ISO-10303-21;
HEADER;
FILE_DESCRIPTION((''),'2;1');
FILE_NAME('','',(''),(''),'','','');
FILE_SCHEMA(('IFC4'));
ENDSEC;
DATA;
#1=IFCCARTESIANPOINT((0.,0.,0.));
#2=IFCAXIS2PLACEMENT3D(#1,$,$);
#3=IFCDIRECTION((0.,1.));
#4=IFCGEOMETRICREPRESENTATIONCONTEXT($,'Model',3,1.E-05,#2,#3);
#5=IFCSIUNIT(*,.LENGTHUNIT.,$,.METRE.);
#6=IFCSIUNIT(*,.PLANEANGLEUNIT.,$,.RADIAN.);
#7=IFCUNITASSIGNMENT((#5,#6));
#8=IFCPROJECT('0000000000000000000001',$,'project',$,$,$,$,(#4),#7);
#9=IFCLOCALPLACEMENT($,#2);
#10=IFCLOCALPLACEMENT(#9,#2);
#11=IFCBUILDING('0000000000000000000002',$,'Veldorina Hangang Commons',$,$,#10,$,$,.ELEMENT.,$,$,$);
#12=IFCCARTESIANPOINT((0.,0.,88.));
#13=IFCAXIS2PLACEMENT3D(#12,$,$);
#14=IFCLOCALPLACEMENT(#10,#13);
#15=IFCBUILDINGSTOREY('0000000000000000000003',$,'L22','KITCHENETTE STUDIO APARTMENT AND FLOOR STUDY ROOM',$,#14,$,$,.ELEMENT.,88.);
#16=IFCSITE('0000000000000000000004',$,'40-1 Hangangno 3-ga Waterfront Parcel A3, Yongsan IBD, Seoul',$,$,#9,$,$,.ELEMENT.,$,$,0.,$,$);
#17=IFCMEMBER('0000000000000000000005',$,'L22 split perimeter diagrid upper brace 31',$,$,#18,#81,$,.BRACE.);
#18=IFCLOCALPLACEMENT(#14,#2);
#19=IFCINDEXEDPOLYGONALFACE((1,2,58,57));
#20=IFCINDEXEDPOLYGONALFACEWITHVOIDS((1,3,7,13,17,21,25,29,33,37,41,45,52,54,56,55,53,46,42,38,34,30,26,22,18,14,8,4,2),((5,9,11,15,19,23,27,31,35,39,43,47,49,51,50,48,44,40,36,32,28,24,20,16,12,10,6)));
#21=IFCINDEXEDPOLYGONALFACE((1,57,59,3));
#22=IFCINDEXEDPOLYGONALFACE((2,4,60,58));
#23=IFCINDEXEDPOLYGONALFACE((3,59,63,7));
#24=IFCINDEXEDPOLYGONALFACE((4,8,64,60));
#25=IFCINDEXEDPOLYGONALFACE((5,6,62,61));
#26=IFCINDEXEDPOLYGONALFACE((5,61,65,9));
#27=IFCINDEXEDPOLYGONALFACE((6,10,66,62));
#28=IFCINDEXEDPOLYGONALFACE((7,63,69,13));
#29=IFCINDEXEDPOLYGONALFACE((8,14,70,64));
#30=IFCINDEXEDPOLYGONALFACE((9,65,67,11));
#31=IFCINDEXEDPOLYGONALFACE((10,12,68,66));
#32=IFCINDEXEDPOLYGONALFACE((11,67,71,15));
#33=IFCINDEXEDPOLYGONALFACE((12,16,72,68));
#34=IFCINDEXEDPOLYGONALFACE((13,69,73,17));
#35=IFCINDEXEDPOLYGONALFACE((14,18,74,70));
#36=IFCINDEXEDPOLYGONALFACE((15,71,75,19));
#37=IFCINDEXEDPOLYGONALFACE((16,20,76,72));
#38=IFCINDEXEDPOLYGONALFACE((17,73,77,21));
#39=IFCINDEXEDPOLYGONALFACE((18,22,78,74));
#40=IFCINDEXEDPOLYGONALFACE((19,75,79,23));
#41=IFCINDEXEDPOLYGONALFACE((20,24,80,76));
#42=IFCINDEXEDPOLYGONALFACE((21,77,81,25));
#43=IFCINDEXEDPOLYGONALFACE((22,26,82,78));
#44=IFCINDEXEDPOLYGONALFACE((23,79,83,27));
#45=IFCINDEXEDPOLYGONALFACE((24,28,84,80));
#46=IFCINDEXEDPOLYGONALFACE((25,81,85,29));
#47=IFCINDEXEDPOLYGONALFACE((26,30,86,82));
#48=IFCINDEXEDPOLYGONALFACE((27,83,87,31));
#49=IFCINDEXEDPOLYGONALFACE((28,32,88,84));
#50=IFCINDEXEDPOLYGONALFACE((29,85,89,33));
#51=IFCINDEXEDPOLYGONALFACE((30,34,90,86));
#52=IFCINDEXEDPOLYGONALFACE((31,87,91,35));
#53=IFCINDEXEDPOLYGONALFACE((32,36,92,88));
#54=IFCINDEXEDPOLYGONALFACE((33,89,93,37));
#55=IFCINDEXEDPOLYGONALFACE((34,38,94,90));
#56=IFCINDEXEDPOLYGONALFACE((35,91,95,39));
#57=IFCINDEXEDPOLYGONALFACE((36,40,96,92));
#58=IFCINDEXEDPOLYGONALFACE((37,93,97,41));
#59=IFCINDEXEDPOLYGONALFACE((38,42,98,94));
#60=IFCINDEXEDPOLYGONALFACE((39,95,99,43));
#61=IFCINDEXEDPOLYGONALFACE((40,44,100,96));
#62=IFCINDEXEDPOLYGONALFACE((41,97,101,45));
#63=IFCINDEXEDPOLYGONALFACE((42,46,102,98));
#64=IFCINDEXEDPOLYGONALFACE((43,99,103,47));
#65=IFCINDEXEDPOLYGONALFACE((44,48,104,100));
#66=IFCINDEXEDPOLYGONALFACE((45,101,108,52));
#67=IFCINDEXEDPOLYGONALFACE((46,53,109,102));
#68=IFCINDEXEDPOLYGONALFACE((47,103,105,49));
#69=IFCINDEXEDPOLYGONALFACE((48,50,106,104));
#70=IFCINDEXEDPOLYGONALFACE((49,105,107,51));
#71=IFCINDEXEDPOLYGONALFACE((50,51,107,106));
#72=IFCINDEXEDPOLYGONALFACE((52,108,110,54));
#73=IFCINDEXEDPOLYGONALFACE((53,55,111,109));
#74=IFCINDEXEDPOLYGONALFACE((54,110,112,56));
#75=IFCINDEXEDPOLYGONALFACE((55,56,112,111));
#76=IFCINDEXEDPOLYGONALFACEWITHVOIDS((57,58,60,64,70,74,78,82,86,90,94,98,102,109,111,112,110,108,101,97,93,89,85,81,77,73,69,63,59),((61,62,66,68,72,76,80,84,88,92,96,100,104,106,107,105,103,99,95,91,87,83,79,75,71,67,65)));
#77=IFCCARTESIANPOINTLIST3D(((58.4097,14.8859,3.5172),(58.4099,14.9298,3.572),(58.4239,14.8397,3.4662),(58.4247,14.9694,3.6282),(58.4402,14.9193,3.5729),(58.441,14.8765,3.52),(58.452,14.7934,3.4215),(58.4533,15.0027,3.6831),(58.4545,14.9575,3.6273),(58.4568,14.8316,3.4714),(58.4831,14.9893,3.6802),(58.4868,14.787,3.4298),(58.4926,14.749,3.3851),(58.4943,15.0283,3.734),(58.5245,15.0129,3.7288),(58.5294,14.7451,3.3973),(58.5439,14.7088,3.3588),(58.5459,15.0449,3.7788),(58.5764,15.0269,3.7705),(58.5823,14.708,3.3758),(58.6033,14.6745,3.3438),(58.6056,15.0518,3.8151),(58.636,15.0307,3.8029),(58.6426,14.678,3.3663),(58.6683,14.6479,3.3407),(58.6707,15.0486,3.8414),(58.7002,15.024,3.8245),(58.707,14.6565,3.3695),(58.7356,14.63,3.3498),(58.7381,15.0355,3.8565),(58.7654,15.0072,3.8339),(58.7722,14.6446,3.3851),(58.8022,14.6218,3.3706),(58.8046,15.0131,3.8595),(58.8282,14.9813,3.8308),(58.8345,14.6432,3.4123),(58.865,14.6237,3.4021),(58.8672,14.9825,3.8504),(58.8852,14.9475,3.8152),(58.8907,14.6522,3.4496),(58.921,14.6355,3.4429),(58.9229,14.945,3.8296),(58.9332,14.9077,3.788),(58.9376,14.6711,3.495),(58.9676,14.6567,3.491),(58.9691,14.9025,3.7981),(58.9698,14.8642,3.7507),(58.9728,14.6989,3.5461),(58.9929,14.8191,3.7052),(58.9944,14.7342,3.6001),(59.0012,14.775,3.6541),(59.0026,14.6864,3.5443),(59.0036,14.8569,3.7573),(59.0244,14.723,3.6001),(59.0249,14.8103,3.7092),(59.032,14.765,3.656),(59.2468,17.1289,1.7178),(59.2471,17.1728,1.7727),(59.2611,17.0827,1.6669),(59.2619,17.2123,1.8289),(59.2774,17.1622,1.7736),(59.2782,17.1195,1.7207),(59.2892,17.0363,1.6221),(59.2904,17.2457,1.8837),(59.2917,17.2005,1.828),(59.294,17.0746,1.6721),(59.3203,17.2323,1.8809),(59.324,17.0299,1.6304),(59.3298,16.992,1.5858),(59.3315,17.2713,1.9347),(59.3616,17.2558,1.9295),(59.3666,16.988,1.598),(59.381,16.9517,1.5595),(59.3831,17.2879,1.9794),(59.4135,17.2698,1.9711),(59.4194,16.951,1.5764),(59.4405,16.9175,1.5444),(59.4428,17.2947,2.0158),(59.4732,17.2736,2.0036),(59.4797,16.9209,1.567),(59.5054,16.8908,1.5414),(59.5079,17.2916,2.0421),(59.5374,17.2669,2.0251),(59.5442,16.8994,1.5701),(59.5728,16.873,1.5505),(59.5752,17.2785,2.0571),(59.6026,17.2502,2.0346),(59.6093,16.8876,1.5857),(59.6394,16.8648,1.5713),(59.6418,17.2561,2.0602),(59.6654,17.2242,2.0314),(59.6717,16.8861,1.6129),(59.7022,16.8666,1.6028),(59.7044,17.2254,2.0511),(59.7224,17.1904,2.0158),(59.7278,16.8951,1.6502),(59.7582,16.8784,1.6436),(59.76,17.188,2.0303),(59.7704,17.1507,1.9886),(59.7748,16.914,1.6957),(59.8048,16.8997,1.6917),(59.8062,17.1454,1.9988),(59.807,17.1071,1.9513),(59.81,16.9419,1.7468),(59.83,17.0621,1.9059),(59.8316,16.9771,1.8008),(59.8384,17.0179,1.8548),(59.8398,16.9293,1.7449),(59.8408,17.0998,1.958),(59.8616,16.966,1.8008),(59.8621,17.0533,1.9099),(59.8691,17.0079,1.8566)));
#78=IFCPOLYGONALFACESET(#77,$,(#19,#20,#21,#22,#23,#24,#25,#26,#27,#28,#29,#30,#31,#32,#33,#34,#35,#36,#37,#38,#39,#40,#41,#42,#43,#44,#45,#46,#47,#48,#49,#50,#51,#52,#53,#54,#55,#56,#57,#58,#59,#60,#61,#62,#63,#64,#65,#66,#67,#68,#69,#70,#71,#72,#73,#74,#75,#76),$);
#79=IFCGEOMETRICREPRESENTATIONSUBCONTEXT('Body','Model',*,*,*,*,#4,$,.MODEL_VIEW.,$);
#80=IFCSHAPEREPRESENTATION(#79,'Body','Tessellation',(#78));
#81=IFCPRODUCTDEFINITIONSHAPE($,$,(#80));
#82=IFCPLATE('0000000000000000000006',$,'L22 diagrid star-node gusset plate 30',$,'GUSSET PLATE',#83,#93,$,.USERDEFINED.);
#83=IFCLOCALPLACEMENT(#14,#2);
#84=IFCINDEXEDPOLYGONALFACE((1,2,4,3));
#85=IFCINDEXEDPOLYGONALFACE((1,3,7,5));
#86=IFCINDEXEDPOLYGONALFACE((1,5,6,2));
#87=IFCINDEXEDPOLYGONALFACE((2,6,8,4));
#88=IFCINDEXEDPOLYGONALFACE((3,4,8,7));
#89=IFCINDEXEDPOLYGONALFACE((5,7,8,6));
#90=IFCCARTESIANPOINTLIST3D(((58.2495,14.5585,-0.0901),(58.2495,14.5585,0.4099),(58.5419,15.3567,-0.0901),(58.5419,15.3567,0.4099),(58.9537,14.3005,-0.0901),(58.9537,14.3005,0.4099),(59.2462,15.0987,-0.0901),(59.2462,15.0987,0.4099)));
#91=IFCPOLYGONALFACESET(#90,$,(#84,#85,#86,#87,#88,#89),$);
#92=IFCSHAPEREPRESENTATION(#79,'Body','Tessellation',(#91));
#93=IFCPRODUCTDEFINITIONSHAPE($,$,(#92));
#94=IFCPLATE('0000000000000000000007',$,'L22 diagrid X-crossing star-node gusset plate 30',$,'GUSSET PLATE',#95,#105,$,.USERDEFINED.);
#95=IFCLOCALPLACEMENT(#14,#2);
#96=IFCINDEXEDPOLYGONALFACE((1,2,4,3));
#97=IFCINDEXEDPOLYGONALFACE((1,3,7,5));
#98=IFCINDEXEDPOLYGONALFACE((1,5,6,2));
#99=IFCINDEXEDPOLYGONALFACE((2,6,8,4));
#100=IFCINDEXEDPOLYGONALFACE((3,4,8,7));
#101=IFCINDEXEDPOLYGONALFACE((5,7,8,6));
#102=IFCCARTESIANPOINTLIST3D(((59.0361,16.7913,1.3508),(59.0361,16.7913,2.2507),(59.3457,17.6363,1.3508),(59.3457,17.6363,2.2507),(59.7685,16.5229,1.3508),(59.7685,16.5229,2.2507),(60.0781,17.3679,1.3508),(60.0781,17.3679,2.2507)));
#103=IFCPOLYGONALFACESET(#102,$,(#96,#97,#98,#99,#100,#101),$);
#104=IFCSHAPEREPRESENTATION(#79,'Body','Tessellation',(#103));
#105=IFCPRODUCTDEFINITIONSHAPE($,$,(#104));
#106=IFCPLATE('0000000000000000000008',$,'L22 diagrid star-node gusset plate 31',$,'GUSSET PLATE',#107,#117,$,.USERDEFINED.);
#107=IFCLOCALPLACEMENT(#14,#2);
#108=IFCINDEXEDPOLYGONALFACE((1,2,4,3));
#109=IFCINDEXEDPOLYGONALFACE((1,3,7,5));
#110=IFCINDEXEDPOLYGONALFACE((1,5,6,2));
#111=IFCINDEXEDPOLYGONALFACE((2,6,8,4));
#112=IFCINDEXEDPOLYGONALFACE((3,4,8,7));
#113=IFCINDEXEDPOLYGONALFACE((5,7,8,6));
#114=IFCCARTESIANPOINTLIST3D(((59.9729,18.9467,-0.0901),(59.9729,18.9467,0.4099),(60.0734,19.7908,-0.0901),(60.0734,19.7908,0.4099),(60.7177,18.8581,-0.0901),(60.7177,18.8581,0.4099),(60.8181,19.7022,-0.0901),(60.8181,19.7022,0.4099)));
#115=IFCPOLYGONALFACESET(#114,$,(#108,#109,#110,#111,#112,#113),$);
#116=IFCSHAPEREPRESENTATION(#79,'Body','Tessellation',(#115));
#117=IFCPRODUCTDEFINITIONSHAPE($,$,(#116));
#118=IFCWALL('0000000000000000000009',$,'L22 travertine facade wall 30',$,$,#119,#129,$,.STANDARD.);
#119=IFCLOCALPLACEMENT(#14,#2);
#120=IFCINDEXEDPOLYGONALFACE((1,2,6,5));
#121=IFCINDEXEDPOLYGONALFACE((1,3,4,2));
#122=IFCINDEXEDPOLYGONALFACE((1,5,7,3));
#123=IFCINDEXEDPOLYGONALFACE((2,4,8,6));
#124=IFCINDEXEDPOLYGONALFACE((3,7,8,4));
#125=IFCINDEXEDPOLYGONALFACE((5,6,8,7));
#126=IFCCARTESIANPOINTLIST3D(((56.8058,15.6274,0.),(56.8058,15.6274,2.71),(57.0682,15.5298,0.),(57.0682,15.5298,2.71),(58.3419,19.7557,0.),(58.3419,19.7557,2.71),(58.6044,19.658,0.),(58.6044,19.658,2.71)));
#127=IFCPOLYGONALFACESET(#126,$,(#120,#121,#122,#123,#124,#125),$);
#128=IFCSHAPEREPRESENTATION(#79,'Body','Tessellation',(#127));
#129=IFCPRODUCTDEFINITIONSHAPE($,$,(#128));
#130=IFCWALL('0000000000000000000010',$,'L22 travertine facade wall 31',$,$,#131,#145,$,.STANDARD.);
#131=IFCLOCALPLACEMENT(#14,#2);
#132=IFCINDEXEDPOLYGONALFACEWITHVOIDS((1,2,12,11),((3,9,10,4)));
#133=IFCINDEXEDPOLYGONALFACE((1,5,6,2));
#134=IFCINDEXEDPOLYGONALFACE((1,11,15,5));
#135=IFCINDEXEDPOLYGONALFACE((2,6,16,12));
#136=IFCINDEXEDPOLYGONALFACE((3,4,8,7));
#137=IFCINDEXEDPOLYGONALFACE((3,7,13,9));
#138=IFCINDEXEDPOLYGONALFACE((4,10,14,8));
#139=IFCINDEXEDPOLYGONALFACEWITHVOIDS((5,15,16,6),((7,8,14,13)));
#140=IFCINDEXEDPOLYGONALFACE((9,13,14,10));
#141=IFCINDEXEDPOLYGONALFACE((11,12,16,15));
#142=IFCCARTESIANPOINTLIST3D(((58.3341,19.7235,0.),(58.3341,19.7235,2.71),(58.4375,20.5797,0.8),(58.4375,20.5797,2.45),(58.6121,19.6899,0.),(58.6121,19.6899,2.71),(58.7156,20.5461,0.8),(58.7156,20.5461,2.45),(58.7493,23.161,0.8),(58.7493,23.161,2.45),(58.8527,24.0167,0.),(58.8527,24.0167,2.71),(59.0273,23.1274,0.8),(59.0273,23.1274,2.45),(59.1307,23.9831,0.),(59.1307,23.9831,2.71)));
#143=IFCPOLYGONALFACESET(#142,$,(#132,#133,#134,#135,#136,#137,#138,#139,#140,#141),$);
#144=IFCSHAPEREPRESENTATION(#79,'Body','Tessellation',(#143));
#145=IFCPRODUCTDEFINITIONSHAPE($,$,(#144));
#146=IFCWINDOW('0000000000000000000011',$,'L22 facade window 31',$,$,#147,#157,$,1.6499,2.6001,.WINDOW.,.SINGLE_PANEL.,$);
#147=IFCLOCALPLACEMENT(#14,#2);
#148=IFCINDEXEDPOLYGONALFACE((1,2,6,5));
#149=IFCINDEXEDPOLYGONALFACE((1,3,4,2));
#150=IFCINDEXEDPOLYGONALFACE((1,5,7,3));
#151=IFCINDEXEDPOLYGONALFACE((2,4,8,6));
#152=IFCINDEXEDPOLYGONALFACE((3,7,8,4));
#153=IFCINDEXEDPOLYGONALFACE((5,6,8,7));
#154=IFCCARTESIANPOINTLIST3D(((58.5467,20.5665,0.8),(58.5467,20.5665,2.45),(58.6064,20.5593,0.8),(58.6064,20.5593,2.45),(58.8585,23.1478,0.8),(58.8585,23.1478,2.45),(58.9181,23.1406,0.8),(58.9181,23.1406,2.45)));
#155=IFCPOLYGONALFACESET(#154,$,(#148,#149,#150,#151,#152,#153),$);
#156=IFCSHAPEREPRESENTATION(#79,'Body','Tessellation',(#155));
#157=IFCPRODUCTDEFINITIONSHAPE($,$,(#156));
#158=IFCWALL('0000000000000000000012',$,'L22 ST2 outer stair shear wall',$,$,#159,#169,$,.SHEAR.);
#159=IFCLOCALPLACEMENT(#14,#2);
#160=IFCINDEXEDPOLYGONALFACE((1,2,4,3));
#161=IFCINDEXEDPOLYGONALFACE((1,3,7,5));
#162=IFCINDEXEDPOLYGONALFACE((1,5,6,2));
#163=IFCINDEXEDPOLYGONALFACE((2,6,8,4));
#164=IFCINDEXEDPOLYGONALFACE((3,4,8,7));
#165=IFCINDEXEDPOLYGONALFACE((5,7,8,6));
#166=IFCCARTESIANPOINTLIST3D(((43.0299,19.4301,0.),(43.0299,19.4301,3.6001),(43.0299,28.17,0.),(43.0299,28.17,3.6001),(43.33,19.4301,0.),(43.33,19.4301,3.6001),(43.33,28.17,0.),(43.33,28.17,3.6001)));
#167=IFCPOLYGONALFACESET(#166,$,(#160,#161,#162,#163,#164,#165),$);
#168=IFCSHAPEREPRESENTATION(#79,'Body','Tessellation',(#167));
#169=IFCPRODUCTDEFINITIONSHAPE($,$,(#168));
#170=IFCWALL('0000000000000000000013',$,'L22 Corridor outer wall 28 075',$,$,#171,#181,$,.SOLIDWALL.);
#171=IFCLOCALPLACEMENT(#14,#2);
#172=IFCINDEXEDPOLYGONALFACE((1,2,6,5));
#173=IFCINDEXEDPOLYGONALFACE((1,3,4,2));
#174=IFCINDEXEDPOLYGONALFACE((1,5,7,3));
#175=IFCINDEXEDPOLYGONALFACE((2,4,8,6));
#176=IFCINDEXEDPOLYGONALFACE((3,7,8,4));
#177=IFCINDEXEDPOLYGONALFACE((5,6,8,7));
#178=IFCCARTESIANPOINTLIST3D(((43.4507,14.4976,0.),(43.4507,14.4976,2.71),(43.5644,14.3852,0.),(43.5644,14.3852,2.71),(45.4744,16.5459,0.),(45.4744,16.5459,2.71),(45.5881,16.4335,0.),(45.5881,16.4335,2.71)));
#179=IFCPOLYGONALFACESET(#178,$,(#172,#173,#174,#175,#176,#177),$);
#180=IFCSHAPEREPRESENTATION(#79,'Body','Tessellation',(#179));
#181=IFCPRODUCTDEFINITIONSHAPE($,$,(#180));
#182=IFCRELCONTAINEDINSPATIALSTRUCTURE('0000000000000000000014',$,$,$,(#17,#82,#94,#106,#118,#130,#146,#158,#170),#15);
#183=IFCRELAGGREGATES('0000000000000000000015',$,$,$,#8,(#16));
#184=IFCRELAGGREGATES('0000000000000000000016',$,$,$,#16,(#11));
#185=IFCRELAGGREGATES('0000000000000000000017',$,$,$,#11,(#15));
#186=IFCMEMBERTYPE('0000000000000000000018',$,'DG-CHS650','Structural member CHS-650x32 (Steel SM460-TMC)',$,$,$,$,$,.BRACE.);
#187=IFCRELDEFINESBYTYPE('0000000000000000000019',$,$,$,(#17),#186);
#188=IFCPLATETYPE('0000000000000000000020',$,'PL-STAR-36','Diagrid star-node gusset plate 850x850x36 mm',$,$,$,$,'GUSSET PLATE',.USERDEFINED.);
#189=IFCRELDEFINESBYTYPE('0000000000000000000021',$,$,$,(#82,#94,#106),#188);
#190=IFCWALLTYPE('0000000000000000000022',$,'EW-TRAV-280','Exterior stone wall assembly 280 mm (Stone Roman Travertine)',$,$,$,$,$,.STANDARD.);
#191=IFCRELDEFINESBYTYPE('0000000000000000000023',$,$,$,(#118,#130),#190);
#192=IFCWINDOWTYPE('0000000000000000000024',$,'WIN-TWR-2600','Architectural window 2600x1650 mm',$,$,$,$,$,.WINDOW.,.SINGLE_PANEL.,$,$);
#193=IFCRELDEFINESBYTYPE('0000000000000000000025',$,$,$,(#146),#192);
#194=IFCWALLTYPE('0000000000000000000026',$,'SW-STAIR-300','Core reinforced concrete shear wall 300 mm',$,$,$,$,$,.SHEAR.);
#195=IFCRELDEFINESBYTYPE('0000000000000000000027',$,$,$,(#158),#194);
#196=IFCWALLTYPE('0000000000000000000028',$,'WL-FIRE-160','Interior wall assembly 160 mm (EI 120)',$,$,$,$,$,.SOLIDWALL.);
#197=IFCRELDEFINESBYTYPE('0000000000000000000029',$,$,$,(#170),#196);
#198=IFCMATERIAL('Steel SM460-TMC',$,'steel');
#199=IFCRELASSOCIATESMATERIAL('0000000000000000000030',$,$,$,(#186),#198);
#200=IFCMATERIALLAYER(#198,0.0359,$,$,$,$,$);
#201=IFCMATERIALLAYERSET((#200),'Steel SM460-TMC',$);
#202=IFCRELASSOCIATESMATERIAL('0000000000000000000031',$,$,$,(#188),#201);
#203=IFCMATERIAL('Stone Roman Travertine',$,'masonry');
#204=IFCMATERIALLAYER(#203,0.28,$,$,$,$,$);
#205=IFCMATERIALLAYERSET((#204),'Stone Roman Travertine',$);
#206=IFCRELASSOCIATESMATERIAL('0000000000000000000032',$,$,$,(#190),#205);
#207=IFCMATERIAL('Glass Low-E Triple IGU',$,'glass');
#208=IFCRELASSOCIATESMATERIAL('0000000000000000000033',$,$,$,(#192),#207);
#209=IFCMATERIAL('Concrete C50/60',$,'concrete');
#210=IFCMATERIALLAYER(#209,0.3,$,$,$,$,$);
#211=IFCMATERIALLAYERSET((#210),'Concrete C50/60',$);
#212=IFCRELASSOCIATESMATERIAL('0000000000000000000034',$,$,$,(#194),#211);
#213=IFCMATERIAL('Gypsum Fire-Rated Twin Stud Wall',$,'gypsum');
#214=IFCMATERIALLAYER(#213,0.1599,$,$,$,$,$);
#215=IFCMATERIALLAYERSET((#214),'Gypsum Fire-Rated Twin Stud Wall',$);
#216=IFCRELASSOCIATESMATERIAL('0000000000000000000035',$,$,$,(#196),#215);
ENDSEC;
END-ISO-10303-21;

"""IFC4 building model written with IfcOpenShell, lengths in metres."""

from ifc_helpers import new_model, si_unit, direction, frame, frame_2d, origin, origin_2d, place, context, subcontext, project, spatial, rectangle, hollow_circle, extrude, material, layer, layer_set, material_profile, profile_set, type_object, element, fill, save


model = new_model("IFC4")

# Units and contexts
model_context = context("Model", 3, precision=1e-05, world=origin(), true_north=direction((0.0, 1.0)))
body_context = subcontext(model_context, "Body", "Model", "MODEL_VIEW")
ifc_project = project(units=[si_unit("LENGTHUNIT", "METRE"), si_unit("PLANEANGLEUNIT", "RADIAN")], contexts=[model_context])

# Site, building, storey
site_placement = place(None, origin())
site = spatial("IfcSite", under=ifc_project, at=site_placement, Name="40-1 Hangangno 3-ga Waterfront Parcel A3, Yongsan IBD, Seoul", CompositionType="ELEMENT", RefElevation=0.0)
building_placement = place(site_placement, origin())
building = spatial("IfcBuilding", under=site, at=building_placement, Name="Veldorina Hangang Commons", CompositionType="ELEMENT")
storey_placement = place(building_placement, frame((0.0, 0.0, 88.0)))
storey = spatial("IfcBuildingStorey", under=building, at=storey_placement, Name="L22", Description="KITCHENETTE STUDIO APARTMENT AND FLOOR STUDY ROOM", CompositionType="ELEMENT", Elevation=88.0)

# Member
ifc_material_1 = material(Name="Steel SM460-TMC", Category="steel")
ifc_material_profile_1 = material_profile(ifc_material_1, hollow_circle(Radius=0.325, WallThickness=0.032, at=origin_2d()), Name="CHS-650x32")
ifc_profile_set_1 = profile_set([ifc_material_profile_1], Name="Steel SM460-TMC")
member_type = type_object("IfcMemberType", Name="DG-CHS650", Description="Structural member CHS-650x32 (Steel SM460-TMC)", PredefinedType="BRACE", material=ifc_profile_set_1)
member_1_placement = place(storey_placement, frame((59.5571, 17.0796, 1.8008), z_axis=(-0.279534, -0.748928, 0.600806), x_axis=(0.936869, -0.349681, 0.0)))
element("IfcMember", 1, at=member_1_placement, inside=storey, type_object=member_type, Name="L22 split perimeter diagrid upper brace 31", PredefinedType="BRACE", context=body_context, shape_type="SweptSolid", body=[
    extrude(hollow_circle(Radius=0.325, WallThickness=0.032, at=origin_2d()), origin(), (0.0, 0.0, 1.0), 2.9949),
])

# Plates
ifc_layer_1 = layer(ifc_material_1, 0.0359)
ifc_layer_set_1 = layer_set([ifc_layer_1], Name="Steel SM460-TMC")
plate_type = type_object("IfcPlateType", Name="PL-STAR-36", Description="Diagrid star-node gusset plate 850x850x36 mm", ElementType="GUSSET PLATE", PredefinedType="USERDEFINED", material=ifc_layer_set_1)
plate_1_placement = place(storey_placement, frame((58.7478, 14.8286, -0.0901), z_axis=(0.0, 0.0, 1.0), x_axis=(0.344069, 0.938944, 0.0)))
element("IfcPlate", 2, at=plate_1_placement, inside=storey, type_object=plate_type, Name="L22 diagrid star-node gusset plate 30", ObjectType="GUSSET PLATE", PredefinedType="USERDEFINED", context=body_context, shape_type="SweptSolid", body=[
    extrude(rectangle(XDim=0.8501, YDim=0.75, at=origin_2d()), origin(), (0.0, 0.0, 1.0), 0.5),
])
plate_2_placement = place(storey_placement, frame((59.5571, 17.0796, 1.3508), z_axis=(0.0, 0.0, 1.0), x_axis=(0.344069, 0.938944, 0.0)))
element("IfcPlate", 3, at=plate_2_placement, inside=storey, type_object=plate_type, Name="L22 diagrid X-crossing star-node gusset plate 30", ObjectType="GUSSET PLATE", PredefinedType="USERDEFINED", context=body_context, shape_type="SweptSolid", body=[
    extrude(rectangle(XDim=0.8999, YDim=0.78, at=origin_2d()), origin(), (0.0, 0.0, 1.0), 0.8999),
])
plate_3_placement = place(storey_placement, frame((60.3955, 19.3245, -0.0901), z_axis=(0.0, 0.0, 1.0), x_axis=(0.118144, 0.992996, 0.0)))
element("IfcPlate", 4, at=plate_3_placement, inside=storey, type_object=plate_type, Name="L22 diagrid star-node gusset plate 31", ObjectType="GUSSET PLATE", PredefinedType="USERDEFINED", context=body_context, shape_type="SweptSolid", body=[
    extrude(rectangle(XDim=0.8501, YDim=0.75, at=origin_2d()), origin(), (0.0, 0.0, 1.0), 0.5),
])

# Shared definitions
ifc_material_2 = material(Name="Stone Roman Travertine", Category="masonry")

# Wall
ifc_layer_2 = layer(ifc_material_2, 0.28)
ifc_layer_set_2 = layer_set([ifc_layer_2], Name="Stone Roman Travertine")
wall_type_1 = type_object("IfcWallType", Name="EW-TRAV-280", Description="Exterior stone wall assembly 280 mm (Stone Roman Travertine)", PredefinedType="STANDARD", material=ifc_layer_set_2)
wall_1_placement = place(storey_placement, frame((56.937, 15.5786, 0.0), z_axis=(0.0, 0.0, 1.0), x_axis=(0.348747, 0.937217, 0.0)))
element("IfcWall", 5, at=wall_1_placement, inside=storey, type_object=wall_type_1, Name="L22 travertine facade wall 30", PredefinedType="STANDARD", context=body_context, shape_type="SweptSolid", body=[
    extrude(rectangle(XDim=4.4048, YDim=0.28, at=frame_2d((2.2024, 0.0))), origin(), (0.0, 0.0, 1.0), 2.71),
])

# Wall, opening, window
wall_2_placement = place(storey_placement, frame((58.4731, 19.7068, 0.0), z_axis=(0.0, 0.0, 1.0), x_axis=(0.119913, 0.992784, 0.0)))
wall_2 = element("IfcWall", 6, at=wall_2_placement, inside=storey, type_object=wall_type_1, Name="L22 travertine facade wall 31", PredefinedType="STANDARD", context=body_context, shape_type="SweptSolid", body=[
    extrude(rectangle(XDim=4.3245, YDim=0.28, at=frame_2d((2.1621, 0.0))), origin(), (0.0, 0.0, 1.0), 2.71),
])
opening_1_placement = place(wall_2_placement, frame((0.8623, 0.0, 0.8)))
opening_1 = element("IfcOpeningElement", 7, at=opening_1_placement, cuts=wall_2, PredefinedType="OPENING", context=body_context, shape_type="SweptSolid", body=[
    extrude(rectangle(XDim=2.6001, YDim=1.6499, at=frame_2d((1.3, 0.825))), frame((0.0, 0.1499, 0.0), z_axis=(0.0, -1.0, 0.0), x_axis=(1.0, 0.0, 0.0)), (0.0, 0.0, 1.0), 0.3),
])
ifc_material_3 = material(Name="Glass Low-E Triple IGU", Category="glass")
window_type = type_object("IfcWindowType", Name="WIN-TWR-2600", Description="Architectural window 2600x1650 mm", PartitioningType="SINGLE_PANEL", PredefinedType="WINDOW", material=ifc_material_3)
window_placement = place(opening_1_placement, origin())
window = element("IfcWindow", 8, at=window_placement, inside=storey, type_object=window_type, Name="L22 facade window 31", OverallHeight=1.6499, OverallWidth=2.6001, PartitioningType="SINGLE_PANEL", PredefinedType="WINDOW", context=body_context, shape_type="SweptSolid", body=[
    extrude(rectangle(XDim=2.6001, YDim=1.6499, at=frame_2d((1.3, 0.825))), frame((0.0, 0.03, 0.0), z_axis=(0.0, -1.0, 0.0), x_axis=(1.0, 0.0, 0.0)), (0.0, 0.0, 1.0), 0.0601),
])
fill(opening_1, window)

# Walls
ifc_material_4 = material(Name="Concrete C50/60", Category="concrete")
ifc_layer_3 = layer(ifc_material_4, 0.3)
ifc_layer_set_3 = layer_set([ifc_layer_3], Name="Concrete C50/60")
wall_type_2 = type_object("IfcWallType", Name="SW-STAIR-300", Description="Core reinforced concrete shear wall 300 mm", PredefinedType="SHEAR", material=ifc_layer_set_3)
wall_3_placement = place(storey_placement, frame((43.1799, 19.4299, 0.0), z_axis=(0.0, 0.0, 1.0), x_axis=(0.0, 1.0, 0.0)))
element("IfcWall", 9, at=wall_3_placement, inside=storey, type_object=wall_type_2, Name="L22 ST2 outer stair shear wall", PredefinedType="SHEAR", context=body_context, shape_type="SweptSolid", body=[
    extrude(rectangle(XDim=8.74, YDim=0.3, at=frame_2d((4.3701, 0.0))), origin(), (0.0, 0.0, 1.0), 3.6001),
])
ifc_material_5 = material(Name="Gypsum Fire-Rated Twin Stud Wall", Category="gypsum")
ifc_layer_4 = layer(ifc_material_5, 0.1599)
ifc_layer_set_4 = layer_set([ifc_layer_4], Name="Gypsum Fire-Rated Twin Stud Wall")
wall_type_3 = type_object("IfcWallType", Name="WL-FIRE-160", Description="Interior wall assembly 160 mm (EI 120)", PredefinedType="SOLIDWALL", material=ifc_layer_set_4)
wall_4_placement = place(storey_placement, frame((43.5076, 14.4414, 0.0), z_axis=(0.0, 0.0, 1.0), x_axis=(0.702812, 0.711376, 0.0)))
element("IfcWall", 10, at=wall_4_placement, inside=storey, type_object=wall_type_3, Name="L22 Corridor outer wall 28 075", PredefinedType="SOLIDWALL", context=body_context, shape_type="SweptSolid", body=[
    extrude(rectangle(XDim=2.8794, YDim=0.1599, at=frame_2d((1.4397, 0.0))), origin(), (0.0, 0.0, 1.0), 2.71),
])

save(model, "model.ifc")
